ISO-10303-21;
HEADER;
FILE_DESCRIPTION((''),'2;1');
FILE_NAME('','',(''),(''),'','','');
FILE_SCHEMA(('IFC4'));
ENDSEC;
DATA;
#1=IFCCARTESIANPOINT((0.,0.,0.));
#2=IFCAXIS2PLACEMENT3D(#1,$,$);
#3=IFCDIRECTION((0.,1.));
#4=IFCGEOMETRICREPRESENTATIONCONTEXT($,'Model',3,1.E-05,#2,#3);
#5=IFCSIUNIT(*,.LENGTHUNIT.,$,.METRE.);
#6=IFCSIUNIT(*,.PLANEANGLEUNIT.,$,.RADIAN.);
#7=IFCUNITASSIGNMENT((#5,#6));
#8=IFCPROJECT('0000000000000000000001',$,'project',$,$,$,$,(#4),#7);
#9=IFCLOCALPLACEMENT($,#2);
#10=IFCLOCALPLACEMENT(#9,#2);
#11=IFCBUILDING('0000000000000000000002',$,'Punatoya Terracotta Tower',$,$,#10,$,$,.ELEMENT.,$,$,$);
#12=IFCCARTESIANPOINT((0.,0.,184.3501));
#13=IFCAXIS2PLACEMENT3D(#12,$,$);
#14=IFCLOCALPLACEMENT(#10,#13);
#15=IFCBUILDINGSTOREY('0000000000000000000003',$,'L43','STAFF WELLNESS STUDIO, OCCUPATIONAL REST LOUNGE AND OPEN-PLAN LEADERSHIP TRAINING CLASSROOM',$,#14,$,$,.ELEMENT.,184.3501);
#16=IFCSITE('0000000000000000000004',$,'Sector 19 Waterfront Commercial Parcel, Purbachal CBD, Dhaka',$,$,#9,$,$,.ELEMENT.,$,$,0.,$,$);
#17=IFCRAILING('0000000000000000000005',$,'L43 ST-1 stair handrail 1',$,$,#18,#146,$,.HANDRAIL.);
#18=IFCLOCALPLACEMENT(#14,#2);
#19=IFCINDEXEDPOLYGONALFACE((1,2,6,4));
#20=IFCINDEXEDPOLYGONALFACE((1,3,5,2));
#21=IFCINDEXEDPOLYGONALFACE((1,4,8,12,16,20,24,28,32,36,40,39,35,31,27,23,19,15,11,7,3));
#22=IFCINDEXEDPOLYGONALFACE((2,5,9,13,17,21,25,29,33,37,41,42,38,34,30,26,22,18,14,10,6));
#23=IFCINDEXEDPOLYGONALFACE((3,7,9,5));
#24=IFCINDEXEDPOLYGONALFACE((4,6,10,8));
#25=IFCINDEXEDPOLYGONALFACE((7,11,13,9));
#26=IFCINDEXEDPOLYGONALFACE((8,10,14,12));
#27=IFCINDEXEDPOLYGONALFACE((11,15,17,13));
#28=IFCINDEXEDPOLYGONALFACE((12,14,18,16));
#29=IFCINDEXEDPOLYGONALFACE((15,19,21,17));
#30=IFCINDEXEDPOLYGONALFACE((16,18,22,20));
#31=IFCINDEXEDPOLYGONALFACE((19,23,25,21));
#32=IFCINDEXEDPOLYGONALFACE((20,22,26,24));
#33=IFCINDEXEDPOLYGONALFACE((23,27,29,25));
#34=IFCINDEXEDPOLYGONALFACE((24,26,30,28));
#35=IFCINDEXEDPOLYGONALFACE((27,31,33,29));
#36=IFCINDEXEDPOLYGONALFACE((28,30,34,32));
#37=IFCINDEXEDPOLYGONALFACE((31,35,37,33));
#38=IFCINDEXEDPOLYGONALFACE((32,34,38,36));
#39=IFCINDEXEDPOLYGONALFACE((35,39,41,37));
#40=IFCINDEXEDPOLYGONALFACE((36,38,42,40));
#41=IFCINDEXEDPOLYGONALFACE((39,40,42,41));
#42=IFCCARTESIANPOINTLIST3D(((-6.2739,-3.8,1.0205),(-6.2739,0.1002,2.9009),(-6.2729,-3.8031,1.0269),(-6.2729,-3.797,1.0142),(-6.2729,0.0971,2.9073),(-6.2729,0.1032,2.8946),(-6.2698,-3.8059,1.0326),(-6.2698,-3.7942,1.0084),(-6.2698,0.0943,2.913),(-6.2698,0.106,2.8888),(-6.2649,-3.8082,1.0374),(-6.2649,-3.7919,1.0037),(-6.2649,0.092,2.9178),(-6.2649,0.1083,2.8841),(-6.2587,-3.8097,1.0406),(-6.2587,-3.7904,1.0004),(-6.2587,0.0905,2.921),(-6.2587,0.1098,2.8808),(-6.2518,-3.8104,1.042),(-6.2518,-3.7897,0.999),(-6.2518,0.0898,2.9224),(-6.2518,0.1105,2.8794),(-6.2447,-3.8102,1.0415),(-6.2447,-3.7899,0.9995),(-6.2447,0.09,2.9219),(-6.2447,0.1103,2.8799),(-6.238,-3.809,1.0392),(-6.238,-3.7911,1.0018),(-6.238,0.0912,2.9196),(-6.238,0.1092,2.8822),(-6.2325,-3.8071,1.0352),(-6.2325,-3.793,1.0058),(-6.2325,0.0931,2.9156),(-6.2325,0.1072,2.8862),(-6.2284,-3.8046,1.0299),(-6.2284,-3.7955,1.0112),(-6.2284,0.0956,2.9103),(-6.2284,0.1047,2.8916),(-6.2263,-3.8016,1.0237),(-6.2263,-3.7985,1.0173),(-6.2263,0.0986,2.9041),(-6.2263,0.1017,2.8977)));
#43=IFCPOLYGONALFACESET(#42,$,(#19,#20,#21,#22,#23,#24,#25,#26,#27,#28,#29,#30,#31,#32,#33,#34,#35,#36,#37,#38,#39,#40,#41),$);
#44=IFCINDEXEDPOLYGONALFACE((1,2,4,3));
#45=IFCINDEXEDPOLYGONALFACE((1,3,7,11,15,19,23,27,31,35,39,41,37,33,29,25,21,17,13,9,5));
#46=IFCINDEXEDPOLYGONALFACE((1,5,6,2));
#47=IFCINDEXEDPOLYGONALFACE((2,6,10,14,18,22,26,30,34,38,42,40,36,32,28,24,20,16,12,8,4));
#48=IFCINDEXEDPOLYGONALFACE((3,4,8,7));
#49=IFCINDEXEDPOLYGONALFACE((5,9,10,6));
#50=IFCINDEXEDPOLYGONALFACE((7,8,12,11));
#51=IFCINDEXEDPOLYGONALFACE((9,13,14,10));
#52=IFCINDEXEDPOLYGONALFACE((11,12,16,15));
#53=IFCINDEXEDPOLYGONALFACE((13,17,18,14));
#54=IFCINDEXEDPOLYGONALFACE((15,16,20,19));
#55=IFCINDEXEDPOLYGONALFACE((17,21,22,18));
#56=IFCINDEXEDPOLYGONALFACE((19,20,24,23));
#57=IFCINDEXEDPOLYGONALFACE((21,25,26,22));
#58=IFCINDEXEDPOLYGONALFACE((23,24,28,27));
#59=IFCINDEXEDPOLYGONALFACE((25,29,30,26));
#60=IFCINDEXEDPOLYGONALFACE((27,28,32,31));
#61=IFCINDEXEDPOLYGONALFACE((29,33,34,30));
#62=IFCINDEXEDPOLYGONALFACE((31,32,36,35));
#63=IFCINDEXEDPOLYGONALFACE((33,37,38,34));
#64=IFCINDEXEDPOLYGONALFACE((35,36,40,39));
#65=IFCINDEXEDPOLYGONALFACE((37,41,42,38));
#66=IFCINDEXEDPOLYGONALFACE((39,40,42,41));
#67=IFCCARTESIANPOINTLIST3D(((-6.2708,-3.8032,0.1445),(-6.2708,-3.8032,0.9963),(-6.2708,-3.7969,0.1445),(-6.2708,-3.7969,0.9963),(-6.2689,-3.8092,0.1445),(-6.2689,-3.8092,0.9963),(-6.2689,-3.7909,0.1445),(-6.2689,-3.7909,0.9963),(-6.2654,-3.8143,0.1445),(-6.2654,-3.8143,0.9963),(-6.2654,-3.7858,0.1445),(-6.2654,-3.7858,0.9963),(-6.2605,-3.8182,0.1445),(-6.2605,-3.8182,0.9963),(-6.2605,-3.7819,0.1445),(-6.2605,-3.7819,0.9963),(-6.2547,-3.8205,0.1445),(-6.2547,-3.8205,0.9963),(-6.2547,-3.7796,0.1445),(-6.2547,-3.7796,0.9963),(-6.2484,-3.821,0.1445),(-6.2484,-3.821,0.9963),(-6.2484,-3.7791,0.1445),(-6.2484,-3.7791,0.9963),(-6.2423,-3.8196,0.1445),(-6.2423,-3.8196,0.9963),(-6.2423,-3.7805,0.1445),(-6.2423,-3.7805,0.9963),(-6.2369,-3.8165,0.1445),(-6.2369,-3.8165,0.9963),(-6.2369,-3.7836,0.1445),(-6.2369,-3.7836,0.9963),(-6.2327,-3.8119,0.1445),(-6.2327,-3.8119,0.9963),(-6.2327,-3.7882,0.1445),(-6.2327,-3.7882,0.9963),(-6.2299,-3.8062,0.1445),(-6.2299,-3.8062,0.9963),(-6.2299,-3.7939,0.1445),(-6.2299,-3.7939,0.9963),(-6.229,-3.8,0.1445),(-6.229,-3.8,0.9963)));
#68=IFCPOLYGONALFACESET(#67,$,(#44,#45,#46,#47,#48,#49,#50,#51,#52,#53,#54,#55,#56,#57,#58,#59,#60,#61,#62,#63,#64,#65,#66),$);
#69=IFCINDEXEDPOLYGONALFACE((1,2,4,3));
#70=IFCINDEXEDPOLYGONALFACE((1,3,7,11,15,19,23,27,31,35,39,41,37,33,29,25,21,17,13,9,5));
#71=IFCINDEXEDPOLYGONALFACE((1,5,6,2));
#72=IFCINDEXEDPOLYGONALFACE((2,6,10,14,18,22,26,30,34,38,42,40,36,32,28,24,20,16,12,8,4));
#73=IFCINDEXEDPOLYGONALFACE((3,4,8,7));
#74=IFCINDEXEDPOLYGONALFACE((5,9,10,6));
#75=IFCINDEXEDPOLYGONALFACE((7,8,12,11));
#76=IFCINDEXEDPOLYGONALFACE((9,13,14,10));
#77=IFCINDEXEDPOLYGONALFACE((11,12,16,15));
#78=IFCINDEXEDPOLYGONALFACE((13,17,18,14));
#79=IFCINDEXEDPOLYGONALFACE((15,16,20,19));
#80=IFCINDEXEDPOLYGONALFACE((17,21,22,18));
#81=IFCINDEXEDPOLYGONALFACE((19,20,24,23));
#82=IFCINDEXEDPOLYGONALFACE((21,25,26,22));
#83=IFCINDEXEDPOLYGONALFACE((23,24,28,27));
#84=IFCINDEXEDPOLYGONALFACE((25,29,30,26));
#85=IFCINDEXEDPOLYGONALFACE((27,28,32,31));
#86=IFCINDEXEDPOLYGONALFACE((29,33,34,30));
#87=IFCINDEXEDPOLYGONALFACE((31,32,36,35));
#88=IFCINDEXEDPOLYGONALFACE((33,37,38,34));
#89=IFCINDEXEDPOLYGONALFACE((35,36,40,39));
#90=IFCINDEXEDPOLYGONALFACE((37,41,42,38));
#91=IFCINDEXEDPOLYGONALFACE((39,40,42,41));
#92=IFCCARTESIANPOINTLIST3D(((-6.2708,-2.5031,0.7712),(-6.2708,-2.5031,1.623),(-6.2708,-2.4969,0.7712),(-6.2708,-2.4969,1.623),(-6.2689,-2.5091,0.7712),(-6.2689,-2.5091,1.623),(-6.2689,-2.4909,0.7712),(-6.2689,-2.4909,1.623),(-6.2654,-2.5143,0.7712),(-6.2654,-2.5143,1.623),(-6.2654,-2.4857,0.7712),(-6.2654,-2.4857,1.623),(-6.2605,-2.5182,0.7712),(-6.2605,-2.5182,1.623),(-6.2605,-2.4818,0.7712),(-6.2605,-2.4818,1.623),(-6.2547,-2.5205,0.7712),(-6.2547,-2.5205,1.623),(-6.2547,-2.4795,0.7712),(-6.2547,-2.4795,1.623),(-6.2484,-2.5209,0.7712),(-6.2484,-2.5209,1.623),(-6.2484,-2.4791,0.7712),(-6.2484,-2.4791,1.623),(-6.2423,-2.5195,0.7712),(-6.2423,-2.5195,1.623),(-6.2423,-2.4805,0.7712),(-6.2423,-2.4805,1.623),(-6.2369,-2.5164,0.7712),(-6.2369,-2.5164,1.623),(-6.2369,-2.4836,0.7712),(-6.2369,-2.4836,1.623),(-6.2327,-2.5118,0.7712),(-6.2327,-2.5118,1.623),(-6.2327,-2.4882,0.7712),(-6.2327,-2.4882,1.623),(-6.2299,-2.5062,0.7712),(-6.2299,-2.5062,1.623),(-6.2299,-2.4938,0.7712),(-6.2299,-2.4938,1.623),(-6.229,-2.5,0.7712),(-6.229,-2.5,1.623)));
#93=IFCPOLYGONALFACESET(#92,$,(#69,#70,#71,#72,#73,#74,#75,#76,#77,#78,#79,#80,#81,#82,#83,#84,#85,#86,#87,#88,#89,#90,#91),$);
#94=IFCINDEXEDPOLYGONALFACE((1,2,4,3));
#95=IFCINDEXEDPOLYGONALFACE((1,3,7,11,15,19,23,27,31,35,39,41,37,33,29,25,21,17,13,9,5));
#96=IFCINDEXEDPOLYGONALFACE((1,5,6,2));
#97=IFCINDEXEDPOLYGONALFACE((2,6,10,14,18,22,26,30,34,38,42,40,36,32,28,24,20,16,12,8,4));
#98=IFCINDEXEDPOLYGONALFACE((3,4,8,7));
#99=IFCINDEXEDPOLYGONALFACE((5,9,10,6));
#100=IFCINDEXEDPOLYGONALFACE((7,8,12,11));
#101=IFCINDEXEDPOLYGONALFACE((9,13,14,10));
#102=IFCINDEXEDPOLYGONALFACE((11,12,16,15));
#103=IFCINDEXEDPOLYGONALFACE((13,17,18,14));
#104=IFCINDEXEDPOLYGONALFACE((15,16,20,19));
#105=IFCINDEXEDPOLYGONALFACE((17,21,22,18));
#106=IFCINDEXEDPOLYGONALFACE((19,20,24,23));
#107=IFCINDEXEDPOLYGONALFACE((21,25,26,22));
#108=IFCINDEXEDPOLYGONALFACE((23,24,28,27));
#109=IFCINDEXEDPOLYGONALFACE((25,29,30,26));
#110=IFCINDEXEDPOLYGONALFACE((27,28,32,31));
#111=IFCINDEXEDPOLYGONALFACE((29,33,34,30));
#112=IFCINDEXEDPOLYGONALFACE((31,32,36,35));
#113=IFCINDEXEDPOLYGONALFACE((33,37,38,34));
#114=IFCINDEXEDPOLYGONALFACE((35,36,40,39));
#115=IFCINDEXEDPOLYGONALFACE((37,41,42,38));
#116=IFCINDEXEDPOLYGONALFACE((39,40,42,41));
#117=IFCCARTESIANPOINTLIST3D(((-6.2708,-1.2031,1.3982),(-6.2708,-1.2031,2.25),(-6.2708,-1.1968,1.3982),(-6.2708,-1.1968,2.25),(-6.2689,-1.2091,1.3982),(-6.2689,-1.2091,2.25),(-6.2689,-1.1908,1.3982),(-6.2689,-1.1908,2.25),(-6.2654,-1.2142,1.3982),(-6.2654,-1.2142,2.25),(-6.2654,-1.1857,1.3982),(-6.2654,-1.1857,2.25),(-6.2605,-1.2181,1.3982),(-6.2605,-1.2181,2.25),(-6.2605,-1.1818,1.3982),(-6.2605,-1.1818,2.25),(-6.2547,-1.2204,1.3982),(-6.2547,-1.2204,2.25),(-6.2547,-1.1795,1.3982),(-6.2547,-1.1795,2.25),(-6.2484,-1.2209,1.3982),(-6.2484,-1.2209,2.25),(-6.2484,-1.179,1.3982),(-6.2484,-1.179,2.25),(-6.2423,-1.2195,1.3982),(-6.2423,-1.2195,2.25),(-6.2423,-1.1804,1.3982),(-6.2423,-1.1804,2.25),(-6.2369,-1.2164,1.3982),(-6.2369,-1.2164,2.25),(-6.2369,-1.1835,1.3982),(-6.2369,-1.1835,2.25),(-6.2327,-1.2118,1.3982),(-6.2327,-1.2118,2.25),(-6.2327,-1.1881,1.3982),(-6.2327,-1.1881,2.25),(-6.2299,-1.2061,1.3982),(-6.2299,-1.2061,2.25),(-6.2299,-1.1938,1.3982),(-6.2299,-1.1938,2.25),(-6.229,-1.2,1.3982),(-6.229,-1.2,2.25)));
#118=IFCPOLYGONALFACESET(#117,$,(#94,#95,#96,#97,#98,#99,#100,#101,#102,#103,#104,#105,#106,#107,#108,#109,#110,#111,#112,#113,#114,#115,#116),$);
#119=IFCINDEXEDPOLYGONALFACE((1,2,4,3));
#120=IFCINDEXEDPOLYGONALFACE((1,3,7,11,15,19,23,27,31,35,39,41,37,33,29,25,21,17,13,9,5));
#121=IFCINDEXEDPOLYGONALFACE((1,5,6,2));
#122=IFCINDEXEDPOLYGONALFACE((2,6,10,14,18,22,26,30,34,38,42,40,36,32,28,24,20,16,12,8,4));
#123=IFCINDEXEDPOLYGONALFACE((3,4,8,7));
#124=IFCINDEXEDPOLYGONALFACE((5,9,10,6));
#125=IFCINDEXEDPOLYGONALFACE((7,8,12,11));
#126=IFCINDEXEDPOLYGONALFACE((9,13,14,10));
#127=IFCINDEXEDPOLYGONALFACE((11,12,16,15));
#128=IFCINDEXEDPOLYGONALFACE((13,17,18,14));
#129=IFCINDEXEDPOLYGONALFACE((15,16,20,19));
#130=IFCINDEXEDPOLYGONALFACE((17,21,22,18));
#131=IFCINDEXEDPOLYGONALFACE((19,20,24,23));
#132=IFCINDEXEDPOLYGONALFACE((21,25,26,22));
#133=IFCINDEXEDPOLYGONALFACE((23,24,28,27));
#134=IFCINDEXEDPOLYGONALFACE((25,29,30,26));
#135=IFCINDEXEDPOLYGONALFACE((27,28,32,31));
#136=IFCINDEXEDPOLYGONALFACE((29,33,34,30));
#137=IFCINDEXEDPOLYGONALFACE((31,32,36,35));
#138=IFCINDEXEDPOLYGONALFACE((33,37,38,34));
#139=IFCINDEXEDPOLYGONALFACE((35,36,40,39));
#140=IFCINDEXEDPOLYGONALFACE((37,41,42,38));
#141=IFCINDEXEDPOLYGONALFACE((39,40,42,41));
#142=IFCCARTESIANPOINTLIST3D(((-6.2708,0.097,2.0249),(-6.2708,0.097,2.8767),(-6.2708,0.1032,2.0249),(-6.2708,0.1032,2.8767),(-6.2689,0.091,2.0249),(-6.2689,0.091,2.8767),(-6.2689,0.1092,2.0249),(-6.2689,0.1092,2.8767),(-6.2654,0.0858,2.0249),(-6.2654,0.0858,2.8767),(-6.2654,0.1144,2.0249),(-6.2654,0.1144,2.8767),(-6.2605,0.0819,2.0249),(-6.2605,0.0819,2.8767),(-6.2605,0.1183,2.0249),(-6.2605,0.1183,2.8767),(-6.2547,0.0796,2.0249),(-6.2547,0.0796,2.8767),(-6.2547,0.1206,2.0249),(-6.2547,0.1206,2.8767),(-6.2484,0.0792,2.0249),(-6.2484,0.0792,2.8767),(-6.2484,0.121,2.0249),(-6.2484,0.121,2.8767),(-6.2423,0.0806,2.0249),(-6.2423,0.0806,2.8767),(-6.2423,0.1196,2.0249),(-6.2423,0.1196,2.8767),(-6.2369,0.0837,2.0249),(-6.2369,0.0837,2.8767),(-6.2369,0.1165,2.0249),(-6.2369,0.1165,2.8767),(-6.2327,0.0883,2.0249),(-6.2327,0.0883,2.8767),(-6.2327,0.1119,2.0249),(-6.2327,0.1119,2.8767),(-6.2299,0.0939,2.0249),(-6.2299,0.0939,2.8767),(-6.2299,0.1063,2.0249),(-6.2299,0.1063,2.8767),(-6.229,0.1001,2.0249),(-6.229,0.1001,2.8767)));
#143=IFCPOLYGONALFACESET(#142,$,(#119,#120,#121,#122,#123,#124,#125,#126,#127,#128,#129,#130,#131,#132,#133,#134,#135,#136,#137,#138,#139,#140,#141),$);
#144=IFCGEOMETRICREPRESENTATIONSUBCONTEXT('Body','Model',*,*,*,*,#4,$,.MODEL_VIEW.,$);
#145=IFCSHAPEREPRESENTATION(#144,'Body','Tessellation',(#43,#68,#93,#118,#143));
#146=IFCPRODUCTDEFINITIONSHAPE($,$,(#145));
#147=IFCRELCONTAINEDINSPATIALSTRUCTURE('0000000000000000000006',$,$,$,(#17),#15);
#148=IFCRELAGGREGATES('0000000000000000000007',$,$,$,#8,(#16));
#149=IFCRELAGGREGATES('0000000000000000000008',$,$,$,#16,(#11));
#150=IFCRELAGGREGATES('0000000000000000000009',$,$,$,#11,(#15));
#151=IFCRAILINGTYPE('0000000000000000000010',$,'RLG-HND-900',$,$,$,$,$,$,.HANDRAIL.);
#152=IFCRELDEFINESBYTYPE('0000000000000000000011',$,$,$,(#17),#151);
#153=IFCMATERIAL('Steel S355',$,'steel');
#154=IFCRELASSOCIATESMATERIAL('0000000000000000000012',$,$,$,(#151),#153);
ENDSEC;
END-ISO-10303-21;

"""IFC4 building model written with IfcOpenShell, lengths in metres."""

from ifc_helpers import new_model, si_unit, direction, frame, origin, origin_2d, place, context, subcontext, project, spatial, circle, extrude, material, type_object, element, save


model = new_model("IFC4")

# Units and contexts
model_context = context("Model", 3, precision=1e-05, world=origin(), true_north=direction((0.0, 1.0)))
body_context = subcontext(model_context, "Body", "Model", "MODEL_VIEW")
ifc_project = project(units=[si_unit("LENGTHUNIT", "METRE"), si_unit("PLANEANGLEUNIT", "RADIAN")], contexts=[model_context])

# Site, building, storey
site_placement = place(None, origin())
site = spatial("IfcSite", under=ifc_project, at=site_placement, Name="Sector 19 Waterfront Commercial Parcel, Purbachal CBD, Dhaka", CompositionType="ELEMENT", RefElevation=0.0)
building_placement = place(site_placement, origin())
building = spatial("IfcBuilding", under=site, at=building_placement, Name="Punatoya Terracotta Tower", CompositionType="ELEMENT")
storey_placement = place(building_placement, frame((0.0, 0.0, 184.3501)))
storey = spatial("IfcBuildingStorey", under=building, at=storey_placement, Name="L43", Description="STAFF WELLNESS STUDIO, OCCUPATIONAL REST LOUNGE AND OPEN-PLAN LEADERSHIP TRAINING CLASSROOM", CompositionType="ELEMENT", Elevation=184.3501)

# Shared definitions
ifc_material_1 = material(Name="Steel S355", Category="steel")

# Railing
railing_type_1 = type_object("IfcRailingType", Name="RLG-HND-900", PredefinedType="HANDRAIL", material=ifc_material_1)
railing_1_placement = place(storey_placement, frame((-6.25, -3.8, 0.1445)))
element("IfcRailing", 1, at=railing_1_placement, inside=storey, type_object=railing_type_1, Name="L43 ST-1 stair handrail 1", PredefinedType="HANDRAIL", context=body_context, shape_type="SweptSolid", body=[
    extrude(circle(Radius=0.0239, at=origin_2d()), frame((0.0, 0.0, 0.876), z_axis=(0.0, 0.900774, 0.434289), x_axis=(-1.0, 0.0, 0.0)), (0.0, 0.0, 1.0), 4.3298),
    extrude(circle(Radius=0.021, at=origin_2d()), origin(), (0.0, 0.0, 1.0), 0.8518),
    extrude(circle(Radius=0.021, at=origin_2d()), frame((0.0, 1.3, 0.6267)), (0.0, 0.0, 1.0), 0.8518),
    extrude(circle(Radius=0.021, at=origin_2d()), frame((0.0, 2.6001, 1.2537)), (0.0, 0.0, 1.0), 0.8518),
    extrude(circle(Radius=0.021, at=origin_2d()), frame((0.0, 3.9001, 1.8804)), (0.0, 0.0, 1.0), 0.8518),
])

save(model, "model.ifc")
